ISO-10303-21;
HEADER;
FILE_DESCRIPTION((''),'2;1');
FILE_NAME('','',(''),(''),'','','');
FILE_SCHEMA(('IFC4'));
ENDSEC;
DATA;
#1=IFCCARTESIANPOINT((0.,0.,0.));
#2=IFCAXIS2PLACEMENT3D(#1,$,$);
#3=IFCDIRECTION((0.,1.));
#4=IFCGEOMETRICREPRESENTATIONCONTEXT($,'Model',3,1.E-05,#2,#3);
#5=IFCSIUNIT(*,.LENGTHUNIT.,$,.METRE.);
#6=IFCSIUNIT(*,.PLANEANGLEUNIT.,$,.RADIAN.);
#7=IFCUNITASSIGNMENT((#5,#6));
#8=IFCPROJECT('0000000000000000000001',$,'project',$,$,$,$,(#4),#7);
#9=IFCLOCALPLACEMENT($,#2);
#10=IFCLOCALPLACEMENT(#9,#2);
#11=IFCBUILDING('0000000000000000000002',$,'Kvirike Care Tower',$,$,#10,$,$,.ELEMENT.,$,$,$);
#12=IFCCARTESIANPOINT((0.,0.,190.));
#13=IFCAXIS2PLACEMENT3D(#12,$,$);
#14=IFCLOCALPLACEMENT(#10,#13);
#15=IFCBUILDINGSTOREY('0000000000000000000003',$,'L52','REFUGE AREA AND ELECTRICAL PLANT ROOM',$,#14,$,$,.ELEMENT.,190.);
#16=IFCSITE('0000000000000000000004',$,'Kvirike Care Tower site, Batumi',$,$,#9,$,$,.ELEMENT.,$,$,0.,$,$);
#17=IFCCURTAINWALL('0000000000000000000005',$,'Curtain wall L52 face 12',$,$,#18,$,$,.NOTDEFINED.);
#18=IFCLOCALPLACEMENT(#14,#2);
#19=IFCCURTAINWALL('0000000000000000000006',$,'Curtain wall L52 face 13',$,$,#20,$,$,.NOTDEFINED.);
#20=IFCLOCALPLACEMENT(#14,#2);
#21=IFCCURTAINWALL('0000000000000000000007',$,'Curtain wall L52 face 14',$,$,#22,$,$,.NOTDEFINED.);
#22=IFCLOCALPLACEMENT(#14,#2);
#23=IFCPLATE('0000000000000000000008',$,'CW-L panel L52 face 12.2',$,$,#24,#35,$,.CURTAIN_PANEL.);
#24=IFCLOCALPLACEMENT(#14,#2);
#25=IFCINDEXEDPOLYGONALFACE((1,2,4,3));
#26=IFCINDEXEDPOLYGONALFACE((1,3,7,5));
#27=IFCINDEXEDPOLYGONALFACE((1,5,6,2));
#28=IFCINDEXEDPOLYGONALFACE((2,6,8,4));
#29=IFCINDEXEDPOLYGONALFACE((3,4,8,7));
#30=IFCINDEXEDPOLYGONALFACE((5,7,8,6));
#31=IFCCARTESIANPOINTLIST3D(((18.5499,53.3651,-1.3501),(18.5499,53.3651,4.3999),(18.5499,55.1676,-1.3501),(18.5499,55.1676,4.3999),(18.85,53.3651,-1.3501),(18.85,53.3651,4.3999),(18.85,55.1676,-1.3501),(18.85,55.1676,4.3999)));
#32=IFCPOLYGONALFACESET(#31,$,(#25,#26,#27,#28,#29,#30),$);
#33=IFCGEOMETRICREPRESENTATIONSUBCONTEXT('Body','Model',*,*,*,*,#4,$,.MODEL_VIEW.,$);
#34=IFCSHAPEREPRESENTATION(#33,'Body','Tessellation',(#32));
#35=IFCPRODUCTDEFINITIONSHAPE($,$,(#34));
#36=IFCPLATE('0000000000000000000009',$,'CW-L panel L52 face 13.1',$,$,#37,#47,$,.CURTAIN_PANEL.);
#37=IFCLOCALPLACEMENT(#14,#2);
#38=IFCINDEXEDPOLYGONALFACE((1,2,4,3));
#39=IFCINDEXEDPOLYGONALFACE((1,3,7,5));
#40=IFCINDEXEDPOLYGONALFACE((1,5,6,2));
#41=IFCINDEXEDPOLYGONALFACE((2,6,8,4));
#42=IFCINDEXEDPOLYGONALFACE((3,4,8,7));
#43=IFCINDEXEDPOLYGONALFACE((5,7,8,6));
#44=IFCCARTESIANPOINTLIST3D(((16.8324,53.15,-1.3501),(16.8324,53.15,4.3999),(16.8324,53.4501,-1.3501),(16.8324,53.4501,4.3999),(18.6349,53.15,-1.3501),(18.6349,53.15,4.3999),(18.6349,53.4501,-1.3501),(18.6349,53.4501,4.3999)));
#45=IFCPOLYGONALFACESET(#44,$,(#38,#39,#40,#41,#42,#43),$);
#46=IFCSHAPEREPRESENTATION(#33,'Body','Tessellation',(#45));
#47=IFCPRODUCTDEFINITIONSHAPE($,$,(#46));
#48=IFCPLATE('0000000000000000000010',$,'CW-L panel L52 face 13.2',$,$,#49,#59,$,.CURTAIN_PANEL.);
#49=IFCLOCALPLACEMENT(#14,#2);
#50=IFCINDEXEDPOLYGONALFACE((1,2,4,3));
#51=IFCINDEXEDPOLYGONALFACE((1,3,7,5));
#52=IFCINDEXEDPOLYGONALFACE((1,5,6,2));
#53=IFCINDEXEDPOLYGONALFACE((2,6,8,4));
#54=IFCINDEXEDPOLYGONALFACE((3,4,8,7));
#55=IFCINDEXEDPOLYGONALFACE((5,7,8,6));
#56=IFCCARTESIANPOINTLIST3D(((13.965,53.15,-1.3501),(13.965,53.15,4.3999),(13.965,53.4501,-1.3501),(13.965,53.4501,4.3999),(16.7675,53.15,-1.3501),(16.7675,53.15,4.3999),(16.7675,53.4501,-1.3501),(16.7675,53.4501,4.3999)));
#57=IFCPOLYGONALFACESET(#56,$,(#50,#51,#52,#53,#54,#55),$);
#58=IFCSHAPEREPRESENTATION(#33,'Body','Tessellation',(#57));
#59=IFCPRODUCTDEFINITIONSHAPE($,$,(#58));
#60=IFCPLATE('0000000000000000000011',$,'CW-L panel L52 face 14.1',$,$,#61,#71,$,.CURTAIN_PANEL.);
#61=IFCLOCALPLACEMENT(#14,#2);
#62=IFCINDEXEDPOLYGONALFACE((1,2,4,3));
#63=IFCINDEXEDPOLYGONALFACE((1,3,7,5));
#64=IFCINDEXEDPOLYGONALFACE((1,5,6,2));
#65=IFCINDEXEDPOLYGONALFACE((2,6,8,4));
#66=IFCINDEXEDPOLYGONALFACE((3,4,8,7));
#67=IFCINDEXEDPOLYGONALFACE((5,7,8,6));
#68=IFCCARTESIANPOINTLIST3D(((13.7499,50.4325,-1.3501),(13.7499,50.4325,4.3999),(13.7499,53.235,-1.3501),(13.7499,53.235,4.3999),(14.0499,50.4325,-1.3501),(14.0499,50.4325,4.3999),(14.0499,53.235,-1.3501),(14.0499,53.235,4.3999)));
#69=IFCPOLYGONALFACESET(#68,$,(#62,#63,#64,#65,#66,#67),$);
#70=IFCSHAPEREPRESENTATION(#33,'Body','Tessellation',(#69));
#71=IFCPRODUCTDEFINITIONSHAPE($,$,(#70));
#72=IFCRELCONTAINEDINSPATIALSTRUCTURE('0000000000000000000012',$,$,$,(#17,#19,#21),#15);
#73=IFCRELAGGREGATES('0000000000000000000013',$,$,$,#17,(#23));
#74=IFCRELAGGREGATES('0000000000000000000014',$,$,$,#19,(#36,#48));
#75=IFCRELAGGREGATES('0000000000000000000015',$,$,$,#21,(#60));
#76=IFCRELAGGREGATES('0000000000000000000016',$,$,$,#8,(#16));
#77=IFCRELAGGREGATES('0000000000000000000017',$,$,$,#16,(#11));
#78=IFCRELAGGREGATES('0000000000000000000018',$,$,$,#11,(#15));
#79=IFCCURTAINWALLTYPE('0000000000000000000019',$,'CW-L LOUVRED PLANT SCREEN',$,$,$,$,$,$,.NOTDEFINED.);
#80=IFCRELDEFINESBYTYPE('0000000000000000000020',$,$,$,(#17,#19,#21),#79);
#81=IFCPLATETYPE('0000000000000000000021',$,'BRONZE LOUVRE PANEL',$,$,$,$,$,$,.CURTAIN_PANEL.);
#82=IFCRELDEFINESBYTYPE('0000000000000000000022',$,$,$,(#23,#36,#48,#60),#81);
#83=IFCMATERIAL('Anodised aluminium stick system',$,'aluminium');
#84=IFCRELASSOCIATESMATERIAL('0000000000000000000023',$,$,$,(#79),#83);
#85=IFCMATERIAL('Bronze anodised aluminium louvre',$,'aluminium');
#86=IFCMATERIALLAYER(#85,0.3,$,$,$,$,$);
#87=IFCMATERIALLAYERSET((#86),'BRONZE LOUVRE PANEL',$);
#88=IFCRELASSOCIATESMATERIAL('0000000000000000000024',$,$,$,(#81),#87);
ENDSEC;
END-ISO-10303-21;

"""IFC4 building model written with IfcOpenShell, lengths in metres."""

from ifc_helpers import new_model, si_unit, direction, frame, origin, origin_2d, place, context, subcontext, project, spatial, rectangle, extrude, material, layer, layer_set, type_object, element, aggregate, save


model = new_model("IFC4")

# Units and contexts
model_context = context("Model", 3, precision=1e-05, world=origin(), true_north=direction((0.0, 1.0)))
body_context = subcontext(model_context, "Body", "Model", "MODEL_VIEW")
ifc_project = project(units=[si_unit("LENGTHUNIT", "METRE"), si_unit("PLANEANGLEUNIT", "RADIAN")], contexts=[model_context])

# Site, building, storey
site_placement = place(None, origin())
site = spatial("IfcSite", under=ifc_project, at=site_placement, Name="Kvirike Care Tower site, Batumi", CompositionType="ELEMENT", RefElevation=0.0)
building_placement = place(site_placement, origin())
building = spatial("IfcBuilding", under=site, at=building_placement, Name="Kvirike Care Tower", CompositionType="ELEMENT")
storey_placement = place(building_placement, frame((0.0, 0.0, 190.0)))
storey = spatial("IfcBuildingStorey", under=building, at=storey_placement, Name="L52", Description="REFUGE AREA AND ELECTRICAL PLANT ROOM", CompositionType="ELEMENT", Elevation=190.0)

# Curtain wall
ifc_material_1 = material(Name="Anodised aluminium stick system", Category="aluminium")
curtain_wall_type = type_object("IfcCurtainWallType", Name="CW-L LOUVRED PLANT SCREEN", PredefinedType="NOTDEFINED", material=ifc_material_1)
curtain_wall_1_placement = place(storey_placement, origin())
curtain_wall_1 = element("IfcCurtainWall", 1, at=curtain_wall_1_placement, inside=storey, type_object=curtain_wall_type, Name="Curtain wall L52 face 12", PredefinedType="NOTDEFINED")

# Curtain walls
curtain_wall_2_placement = place(storey_placement, origin())
curtain_wall_2 = element("IfcCurtainWall", 2, at=curtain_wall_2_placement, inside=storey, type_object=curtain_wall_type, Name="Curtain wall L52 face 13", PredefinedType="NOTDEFINED")
curtain_wall_3_placement = place(storey_placement, origin())
curtain_wall_3 = element("IfcCurtainWall", 3, at=curtain_wall_3_placement, inside=storey, type_object=curtain_wall_type, Name="Curtain wall L52 face 14", PredefinedType="NOTDEFINED")

# Plates
ifc_material_2 = material(Name="Bronze anodised aluminium louvre", Category="aluminium")
ifc_layer = layer(ifc_material_2, 0.3)
ifc_layer_set = layer_set([ifc_layer], Name="BRONZE LOUVRE PANEL")
plate_type = type_object("IfcPlateType", Name="BRONZE LOUVRE PANEL", PredefinedType="CURTAIN_PANEL", material=ifc_layer_set)
plate_1_placement = place(storey_placement, frame((18.7, 54.2664, -1.3501), z_axis=(0.0, 0.0, 1.0), x_axis=(0.0, -1.0, 0.0)))
plate_1 = element("IfcPlate", 4, at=plate_1_placement, type_object=plate_type, Name="CW-L panel L52 face 12.2", PredefinedType="CURTAIN_PANEL", context=body_context, shape_type="SweptSolid", body=[
    extrude(rectangle(XDim=1.8025, YDim=0.3, at=origin_2d()), origin(), (0.0, 0.0, 1.0), 5.75),
])
aggregate(curtain_wall_1, [plate_1])
plate_2_placement = place(storey_placement, frame((17.7336, 53.3, -1.3501), z_axis=(0.0, 0.0, 1.0), x_axis=(-1.0, 0.0, 0.0)))
plate_2 = element("IfcPlate", 5, at=plate_2_placement, type_object=plate_type, Name="CW-L panel L52 face 13.1", PredefinedType="CURTAIN_PANEL", context=body_context, shape_type="SweptSolid", body=[
    extrude(rectangle(XDim=1.8025, YDim=0.3, at=origin_2d()), origin(), (0.0, 0.0, 1.0), 5.75),
])
plate_3_placement = place(storey_placement, frame((15.3662, 53.3, -1.3501), z_axis=(0.0, 0.0, 1.0), x_axis=(-1.0, 0.0, 0.0)))
plate_3 = element("IfcPlate", 6, at=plate_3_placement, type_object=plate_type, Name="CW-L panel L52 face 13.2", PredefinedType="CURTAIN_PANEL", context=body_context, shape_type="SweptSolid", body=[
    extrude(rectangle(XDim=2.8025, YDim=0.3, at=origin_2d()), origin(), (0.0, 0.0, 1.0), 5.75),
])
aggregate(curtain_wall_2, [plate_2, plate_3])
plate_4_placement = place(storey_placement, frame((13.8999, 51.8337, -1.3501), z_axis=(0.0, 0.0, 1.0), x_axis=(0.0, -1.0, 0.0)))
plate_4 = element("IfcPlate", 7, at=plate_4_placement, type_object=plate_type, Name="CW-L panel L52 face 14.1", PredefinedType="CURTAIN_PANEL", context=body_context, shape_type="SweptSolid", body=[
    extrude(rectangle(XDim=2.8025, YDim=0.3, at=origin_2d()), origin(), (0.0, 0.0, 1.0), 5.75),
])
aggregate(curtain_wall_3, [plate_4])

save(model, "model.ifc")
